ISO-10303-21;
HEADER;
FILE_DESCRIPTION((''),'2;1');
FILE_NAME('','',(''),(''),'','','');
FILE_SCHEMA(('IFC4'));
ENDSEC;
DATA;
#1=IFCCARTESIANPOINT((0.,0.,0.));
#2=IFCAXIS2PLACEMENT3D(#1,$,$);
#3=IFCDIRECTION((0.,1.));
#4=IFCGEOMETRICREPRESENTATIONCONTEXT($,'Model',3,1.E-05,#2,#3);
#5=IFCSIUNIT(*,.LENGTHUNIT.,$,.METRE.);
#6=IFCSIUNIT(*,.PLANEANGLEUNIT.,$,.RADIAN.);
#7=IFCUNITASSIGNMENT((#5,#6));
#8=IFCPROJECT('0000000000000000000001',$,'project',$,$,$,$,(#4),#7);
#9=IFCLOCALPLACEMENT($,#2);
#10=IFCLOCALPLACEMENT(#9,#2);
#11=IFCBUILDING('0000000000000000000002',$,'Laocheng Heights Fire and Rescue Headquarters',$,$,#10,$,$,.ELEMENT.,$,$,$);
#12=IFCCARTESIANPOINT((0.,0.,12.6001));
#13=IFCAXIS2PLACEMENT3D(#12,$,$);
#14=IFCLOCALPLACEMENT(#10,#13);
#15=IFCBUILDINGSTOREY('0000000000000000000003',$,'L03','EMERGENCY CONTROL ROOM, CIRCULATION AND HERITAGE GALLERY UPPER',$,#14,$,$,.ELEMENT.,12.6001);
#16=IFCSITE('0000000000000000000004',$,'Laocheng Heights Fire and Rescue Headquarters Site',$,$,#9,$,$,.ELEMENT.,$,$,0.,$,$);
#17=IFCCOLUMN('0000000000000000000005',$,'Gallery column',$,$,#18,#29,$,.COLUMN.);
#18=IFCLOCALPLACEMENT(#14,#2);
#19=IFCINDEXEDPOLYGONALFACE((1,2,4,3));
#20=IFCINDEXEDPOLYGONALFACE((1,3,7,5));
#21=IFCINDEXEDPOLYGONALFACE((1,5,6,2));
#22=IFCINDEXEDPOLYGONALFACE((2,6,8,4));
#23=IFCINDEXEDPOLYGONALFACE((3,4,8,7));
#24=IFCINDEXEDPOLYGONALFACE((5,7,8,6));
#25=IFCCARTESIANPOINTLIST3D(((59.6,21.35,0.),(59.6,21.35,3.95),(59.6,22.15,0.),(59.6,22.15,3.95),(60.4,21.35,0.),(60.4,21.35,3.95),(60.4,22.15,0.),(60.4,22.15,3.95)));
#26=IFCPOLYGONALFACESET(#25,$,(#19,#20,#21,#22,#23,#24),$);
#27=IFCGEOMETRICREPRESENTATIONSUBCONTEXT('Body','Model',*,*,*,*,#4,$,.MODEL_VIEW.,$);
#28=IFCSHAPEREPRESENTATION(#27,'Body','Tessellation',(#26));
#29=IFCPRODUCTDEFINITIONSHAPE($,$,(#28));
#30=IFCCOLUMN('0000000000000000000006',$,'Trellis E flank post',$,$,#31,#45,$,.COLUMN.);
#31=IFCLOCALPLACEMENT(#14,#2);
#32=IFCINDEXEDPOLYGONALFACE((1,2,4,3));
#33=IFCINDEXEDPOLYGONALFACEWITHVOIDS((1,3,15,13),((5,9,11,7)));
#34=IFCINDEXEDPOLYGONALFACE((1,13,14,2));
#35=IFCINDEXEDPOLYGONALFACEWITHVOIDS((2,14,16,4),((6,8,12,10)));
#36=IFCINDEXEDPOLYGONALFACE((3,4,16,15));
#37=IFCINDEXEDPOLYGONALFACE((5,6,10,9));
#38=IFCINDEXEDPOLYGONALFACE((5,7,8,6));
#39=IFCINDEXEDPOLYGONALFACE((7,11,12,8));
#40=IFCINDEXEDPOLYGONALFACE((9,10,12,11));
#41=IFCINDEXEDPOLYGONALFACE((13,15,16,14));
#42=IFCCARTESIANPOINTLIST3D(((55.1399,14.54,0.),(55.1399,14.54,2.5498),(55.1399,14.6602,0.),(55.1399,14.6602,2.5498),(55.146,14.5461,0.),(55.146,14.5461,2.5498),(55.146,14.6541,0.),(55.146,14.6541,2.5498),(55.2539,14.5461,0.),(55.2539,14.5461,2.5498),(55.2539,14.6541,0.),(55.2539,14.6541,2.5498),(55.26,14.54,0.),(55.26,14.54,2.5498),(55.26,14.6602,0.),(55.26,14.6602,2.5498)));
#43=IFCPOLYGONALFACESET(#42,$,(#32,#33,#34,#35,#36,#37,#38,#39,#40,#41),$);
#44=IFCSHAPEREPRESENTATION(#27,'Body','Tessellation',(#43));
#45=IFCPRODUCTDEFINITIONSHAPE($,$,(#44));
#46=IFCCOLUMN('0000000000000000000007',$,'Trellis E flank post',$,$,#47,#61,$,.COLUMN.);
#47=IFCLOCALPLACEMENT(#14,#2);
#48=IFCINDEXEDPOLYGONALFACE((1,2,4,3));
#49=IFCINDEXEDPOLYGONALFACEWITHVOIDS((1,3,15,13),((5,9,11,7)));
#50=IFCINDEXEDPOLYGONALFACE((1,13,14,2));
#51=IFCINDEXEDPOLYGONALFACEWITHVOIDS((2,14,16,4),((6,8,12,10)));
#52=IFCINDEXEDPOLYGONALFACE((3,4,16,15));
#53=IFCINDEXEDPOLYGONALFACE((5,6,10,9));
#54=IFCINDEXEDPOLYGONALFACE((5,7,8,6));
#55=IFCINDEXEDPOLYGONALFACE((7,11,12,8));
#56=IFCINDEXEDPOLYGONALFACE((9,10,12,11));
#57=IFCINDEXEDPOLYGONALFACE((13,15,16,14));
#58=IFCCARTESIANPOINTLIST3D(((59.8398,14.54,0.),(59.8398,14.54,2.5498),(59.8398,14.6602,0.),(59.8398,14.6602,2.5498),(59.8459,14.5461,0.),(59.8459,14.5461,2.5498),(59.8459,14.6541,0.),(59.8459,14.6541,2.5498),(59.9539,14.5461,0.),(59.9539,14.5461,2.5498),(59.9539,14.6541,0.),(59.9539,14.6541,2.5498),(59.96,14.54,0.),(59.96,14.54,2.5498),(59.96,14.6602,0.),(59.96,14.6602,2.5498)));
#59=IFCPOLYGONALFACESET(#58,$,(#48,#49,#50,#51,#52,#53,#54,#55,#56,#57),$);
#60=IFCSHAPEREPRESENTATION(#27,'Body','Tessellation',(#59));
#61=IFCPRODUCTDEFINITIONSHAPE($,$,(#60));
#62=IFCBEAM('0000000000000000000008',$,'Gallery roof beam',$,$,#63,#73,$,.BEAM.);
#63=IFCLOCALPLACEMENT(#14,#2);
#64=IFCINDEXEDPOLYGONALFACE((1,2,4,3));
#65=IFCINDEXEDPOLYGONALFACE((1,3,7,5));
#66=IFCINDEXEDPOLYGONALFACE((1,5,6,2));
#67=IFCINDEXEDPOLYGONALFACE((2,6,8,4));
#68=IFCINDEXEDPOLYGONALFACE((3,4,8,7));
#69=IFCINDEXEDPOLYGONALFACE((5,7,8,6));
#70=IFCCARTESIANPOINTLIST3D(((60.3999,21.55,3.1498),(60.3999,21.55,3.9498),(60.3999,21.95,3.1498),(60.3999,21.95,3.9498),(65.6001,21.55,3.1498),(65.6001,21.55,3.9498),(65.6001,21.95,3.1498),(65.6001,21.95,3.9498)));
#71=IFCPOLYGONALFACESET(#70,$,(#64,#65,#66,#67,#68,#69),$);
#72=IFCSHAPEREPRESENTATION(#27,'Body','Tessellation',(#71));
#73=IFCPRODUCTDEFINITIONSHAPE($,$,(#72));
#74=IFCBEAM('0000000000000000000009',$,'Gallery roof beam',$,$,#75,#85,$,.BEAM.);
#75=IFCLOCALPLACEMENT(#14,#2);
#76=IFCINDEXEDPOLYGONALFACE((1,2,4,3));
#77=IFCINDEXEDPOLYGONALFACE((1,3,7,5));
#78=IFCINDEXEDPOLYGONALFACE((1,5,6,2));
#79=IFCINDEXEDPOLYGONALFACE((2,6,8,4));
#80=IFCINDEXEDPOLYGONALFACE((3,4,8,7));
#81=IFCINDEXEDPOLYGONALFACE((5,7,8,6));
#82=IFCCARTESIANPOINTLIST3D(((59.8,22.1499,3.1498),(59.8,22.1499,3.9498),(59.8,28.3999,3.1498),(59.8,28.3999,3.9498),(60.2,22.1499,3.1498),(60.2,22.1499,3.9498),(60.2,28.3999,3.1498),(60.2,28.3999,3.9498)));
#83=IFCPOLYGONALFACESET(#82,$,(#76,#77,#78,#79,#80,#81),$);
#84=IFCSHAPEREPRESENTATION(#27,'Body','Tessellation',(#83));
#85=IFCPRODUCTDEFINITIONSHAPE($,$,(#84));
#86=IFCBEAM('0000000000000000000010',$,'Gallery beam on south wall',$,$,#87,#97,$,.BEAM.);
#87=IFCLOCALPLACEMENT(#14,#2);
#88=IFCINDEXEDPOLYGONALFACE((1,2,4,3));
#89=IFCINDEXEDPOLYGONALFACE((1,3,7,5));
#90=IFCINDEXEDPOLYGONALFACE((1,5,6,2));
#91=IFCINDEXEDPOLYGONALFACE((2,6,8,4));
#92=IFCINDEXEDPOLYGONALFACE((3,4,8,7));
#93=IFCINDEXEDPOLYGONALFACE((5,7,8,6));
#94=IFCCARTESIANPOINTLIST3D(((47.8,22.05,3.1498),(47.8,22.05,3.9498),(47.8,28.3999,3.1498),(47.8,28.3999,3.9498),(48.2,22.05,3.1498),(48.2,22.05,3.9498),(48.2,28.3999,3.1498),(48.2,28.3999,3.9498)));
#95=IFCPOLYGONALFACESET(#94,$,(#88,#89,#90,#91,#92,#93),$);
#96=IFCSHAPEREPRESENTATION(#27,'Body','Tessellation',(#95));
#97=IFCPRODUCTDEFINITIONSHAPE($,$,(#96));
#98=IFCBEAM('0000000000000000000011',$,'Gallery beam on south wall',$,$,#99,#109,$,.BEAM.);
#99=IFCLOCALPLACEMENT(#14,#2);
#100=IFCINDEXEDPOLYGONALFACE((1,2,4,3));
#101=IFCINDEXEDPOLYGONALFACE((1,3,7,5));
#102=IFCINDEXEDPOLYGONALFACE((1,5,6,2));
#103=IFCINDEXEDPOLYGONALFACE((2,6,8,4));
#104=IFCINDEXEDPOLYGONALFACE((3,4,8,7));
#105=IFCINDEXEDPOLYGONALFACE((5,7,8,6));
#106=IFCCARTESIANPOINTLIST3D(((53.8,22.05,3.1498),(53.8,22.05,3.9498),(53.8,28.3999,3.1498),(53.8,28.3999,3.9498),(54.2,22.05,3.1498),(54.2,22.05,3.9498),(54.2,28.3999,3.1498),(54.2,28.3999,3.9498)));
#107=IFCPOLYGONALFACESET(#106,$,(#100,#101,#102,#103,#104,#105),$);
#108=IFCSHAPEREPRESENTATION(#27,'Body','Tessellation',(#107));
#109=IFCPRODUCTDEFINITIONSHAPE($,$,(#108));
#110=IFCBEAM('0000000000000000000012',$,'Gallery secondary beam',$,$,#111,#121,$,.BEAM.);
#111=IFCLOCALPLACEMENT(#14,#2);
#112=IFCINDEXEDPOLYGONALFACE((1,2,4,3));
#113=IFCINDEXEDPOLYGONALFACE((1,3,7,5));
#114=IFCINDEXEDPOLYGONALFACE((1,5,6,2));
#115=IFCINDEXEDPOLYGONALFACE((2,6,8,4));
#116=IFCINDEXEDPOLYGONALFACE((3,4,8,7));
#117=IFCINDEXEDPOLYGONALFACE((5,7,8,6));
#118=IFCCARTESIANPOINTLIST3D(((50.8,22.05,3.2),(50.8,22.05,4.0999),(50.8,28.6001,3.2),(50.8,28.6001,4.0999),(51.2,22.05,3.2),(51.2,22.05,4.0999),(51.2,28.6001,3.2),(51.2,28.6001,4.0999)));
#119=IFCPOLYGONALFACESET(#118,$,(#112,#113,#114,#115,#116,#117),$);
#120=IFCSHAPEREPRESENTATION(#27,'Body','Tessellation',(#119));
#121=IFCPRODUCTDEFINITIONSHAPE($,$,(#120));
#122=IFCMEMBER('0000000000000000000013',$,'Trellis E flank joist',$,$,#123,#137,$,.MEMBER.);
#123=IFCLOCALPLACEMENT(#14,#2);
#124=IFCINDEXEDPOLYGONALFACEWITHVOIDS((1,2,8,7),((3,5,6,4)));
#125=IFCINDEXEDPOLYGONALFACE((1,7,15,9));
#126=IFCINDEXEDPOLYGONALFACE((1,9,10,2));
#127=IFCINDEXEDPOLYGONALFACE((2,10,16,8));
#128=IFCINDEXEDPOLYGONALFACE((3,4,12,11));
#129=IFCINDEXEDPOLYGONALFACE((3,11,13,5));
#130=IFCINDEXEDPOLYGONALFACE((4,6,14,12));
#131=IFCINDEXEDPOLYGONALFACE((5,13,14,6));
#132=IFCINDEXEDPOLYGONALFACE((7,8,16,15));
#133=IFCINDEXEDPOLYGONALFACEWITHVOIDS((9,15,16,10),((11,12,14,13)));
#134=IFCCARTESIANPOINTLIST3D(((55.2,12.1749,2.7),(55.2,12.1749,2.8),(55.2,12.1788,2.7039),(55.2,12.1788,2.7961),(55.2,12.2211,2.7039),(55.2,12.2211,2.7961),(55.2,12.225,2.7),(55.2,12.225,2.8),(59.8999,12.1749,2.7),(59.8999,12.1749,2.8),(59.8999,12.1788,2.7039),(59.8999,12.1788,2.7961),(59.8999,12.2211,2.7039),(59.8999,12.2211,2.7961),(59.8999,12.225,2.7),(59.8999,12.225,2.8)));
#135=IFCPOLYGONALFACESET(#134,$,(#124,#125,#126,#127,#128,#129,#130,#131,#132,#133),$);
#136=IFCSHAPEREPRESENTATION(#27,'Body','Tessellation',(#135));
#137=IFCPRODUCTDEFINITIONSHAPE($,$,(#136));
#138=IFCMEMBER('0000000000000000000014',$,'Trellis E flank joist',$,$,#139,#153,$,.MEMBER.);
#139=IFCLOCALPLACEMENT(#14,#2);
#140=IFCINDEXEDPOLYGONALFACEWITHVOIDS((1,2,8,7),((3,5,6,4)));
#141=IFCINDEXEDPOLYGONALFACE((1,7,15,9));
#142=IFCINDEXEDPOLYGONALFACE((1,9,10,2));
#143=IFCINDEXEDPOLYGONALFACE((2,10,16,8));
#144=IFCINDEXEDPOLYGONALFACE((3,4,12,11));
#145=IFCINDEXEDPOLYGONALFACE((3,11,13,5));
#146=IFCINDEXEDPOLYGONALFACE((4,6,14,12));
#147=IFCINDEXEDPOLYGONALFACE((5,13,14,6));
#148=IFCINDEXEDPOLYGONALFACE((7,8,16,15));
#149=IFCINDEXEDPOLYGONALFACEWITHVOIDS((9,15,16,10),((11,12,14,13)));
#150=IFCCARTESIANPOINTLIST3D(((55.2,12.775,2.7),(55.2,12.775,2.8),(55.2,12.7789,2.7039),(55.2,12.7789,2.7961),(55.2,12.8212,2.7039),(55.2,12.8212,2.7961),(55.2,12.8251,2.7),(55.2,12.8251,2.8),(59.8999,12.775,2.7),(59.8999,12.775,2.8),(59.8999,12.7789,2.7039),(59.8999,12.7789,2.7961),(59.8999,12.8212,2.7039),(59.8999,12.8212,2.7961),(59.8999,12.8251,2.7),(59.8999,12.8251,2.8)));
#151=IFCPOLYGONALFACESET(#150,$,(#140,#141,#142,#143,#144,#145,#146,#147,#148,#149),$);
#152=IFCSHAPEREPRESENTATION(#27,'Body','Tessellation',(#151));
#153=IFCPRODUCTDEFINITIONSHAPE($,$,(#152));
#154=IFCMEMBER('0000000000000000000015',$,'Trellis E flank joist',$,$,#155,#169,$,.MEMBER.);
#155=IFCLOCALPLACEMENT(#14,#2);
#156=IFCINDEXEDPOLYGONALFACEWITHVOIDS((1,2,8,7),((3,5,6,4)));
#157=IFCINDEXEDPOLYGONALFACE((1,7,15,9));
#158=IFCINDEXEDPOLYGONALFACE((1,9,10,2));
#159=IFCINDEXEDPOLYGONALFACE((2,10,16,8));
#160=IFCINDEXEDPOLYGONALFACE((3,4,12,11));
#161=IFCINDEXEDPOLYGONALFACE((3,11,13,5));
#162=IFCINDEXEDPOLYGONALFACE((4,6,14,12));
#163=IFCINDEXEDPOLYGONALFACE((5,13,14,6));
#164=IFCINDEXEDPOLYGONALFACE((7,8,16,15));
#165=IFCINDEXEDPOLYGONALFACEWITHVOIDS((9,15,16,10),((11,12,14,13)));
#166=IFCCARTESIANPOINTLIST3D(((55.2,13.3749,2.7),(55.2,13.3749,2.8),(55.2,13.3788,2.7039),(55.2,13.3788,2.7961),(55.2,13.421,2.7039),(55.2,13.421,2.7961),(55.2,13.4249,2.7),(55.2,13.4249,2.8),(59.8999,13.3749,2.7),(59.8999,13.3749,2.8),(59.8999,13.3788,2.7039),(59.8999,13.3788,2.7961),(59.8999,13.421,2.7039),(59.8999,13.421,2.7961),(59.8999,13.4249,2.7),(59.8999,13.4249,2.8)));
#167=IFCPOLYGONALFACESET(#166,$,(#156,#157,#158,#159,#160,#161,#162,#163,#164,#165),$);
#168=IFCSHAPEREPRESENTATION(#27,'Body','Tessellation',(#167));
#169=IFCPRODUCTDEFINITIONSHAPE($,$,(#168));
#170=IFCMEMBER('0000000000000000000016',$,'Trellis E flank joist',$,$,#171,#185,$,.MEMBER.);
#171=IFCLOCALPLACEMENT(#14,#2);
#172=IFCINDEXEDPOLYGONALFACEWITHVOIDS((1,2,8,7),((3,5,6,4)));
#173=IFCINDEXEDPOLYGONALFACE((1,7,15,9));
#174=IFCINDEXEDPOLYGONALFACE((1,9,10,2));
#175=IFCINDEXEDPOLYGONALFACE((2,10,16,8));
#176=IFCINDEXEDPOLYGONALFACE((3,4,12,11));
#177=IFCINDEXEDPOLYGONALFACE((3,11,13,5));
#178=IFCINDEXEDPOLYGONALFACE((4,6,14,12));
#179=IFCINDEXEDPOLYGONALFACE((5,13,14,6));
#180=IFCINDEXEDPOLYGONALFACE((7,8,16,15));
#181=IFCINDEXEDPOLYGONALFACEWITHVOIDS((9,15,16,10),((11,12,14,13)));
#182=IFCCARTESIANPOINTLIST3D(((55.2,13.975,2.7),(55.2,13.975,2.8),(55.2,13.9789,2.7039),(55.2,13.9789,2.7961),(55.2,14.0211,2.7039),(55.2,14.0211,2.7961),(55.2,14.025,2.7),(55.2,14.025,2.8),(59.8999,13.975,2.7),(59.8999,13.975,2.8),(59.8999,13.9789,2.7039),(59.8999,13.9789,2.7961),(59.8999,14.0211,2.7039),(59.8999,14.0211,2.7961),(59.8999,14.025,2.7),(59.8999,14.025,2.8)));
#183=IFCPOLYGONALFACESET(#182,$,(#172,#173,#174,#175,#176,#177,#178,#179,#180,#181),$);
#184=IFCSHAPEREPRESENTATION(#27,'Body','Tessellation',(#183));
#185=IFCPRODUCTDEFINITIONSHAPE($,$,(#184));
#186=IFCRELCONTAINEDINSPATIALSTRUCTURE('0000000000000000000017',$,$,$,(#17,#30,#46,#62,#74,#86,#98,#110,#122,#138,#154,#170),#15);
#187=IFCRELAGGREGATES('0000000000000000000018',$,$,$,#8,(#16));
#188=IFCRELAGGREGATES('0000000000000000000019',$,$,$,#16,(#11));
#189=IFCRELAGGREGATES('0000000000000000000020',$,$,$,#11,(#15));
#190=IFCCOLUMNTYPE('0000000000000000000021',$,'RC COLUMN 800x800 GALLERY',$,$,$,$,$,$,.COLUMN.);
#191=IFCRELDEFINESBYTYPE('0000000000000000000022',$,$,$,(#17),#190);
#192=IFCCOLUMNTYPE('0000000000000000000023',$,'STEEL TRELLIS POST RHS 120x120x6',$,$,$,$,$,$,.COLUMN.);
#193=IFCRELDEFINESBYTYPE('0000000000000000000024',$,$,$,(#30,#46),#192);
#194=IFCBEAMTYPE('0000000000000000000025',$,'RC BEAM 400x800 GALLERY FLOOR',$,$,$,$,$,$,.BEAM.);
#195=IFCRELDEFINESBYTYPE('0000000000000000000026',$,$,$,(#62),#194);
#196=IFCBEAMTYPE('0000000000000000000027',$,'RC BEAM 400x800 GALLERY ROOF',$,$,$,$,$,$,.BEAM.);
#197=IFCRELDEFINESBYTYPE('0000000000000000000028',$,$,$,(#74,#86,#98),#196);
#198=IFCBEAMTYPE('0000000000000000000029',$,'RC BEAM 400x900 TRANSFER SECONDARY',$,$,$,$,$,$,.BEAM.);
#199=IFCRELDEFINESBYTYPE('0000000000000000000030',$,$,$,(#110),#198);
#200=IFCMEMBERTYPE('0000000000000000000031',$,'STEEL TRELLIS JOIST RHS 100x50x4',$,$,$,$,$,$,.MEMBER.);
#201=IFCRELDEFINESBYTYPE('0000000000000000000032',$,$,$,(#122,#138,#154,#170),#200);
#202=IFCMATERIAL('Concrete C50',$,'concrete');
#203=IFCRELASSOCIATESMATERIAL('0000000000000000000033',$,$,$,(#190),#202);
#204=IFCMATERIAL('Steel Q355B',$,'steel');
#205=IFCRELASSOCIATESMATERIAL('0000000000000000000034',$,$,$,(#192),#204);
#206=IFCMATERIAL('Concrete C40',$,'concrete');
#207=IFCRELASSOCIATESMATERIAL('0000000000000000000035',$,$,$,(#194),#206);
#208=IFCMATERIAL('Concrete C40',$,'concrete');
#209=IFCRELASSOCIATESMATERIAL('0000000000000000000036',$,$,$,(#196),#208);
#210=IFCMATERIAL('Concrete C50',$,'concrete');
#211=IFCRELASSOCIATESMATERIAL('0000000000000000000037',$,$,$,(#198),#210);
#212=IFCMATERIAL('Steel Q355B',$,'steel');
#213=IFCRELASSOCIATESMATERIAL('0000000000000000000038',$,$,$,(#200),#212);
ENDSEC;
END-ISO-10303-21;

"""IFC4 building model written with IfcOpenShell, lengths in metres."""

from ifc_helpers import new_model, si_unit, direction, frame, origin, origin_2d, place, context, subcontext, project, spatial, rectangle, hollow_rectangle, extrude, material, material_profile, profile_set, type_object, element, save


model = new_model("IFC4")

# Units and contexts
model_context = context("Model", 3, precision=1e-05, world=origin(), true_north=direction((0.0, 1.0)))
body_context = subcontext(model_context, "Body", "Model", "MODEL_VIEW")
ifc_project = project(units=[si_unit("LENGTHUNIT", "METRE"), si_unit("PLANEANGLEUNIT", "RADIAN")], contexts=[model_context])

# Site, building, storey
site_placement = place(None, origin())
site = spatial("IfcSite", under=ifc_project, at=site_placement, Name="Laocheng Heights Fire and Rescue Headquarters Site", CompositionType="ELEMENT", RefElevation=0.0)
building_placement = place(site_placement, origin())
building = spatial("IfcBuilding", under=site, at=building_placement, Name="Laocheng Heights Fire and Rescue Headquarters", CompositionType="ELEMENT")
storey_placement = place(building_placement, frame((0.0, 0.0, 12.6001)))
storey = spatial("IfcBuildingStorey", under=building, at=storey_placement, Name="L03", Description="EMERGENCY CONTROL ROOM, CIRCULATION AND HERITAGE GALLERY UPPER", CompositionType="ELEMENT", Elevation=12.6001)

# Columns
ifc_material_1 = material(Name="Concrete C50", Category="concrete")
ifc_material_profile_1 = material_profile(ifc_material_1, rectangle(XDim=0.8, YDim=0.8, at=origin_2d()), Name="RC COLUMN 800x800 GALLERY")
ifc_profile_set_1 = profile_set([ifc_material_profile_1], Name="Concrete C50")
column_type_1 = type_object("IfcColumnType", Name="RC COLUMN 800x800 GALLERY", PredefinedType="COLUMN", material=ifc_profile_set_1)
column_placement = place(storey_placement, frame((60.0, 21.75, 0.0), z_axis=(0.0, 0.0, 1.0), x_axis=(1.0, 0.0, 0.0)))
element("IfcColumn", 1, at=column_placement, inside=storey, type_object=column_type_1, Name="Gallery column", PredefinedType="COLUMN", context=body_context, shape_type="SweptSolid", body=[
    extrude(rectangle(XDim=0.8, YDim=0.8, at=origin_2d()), origin(), (0.0, 0.0, 1.0), 3.95),
])
ifc_material_2 = material(Name="Steel Q355B", Category="steel")
ifc_material_profile_2 = material_profile(ifc_material_2, hollow_rectangle(XDim=0.1201, YDim=0.1201, WallThickness=0.0061, at=origin_2d()), Name="RHS 120x120x6")
ifc_profile_set_2 = profile_set([ifc_material_profile_2], Name="Steel Q355B")
column_type_2 = type_object("IfcColumnType", Name="STEEL TRELLIS POST RHS 120x120x6", PredefinedType="COLUMN", material=ifc_profile_set_2)
for number, where, z_axis, x_axis, name in (
    (2, (55.2, 14.6001, 0.0), (0.0, 0.0, 1.0), (1.0, 0.0, 0.0), "Trellis E flank post"),
    (3, (59.8999, 14.6001, 0.0), (0.0, 0.0, 1.0), (1.0, 0.0, 0.0), "Trellis E flank post"),
):
    element("IfcColumn", number, at=place(storey_placement, frame(where, z_axis=z_axis, x_axis=x_axis)), inside=storey, type_object=column_type_2, Name=name, PredefinedType="COLUMN", context=body_context, shape_type="SweptSolid", body=[
        extrude(hollow_rectangle(XDim=0.1201, YDim=0.1201, WallThickness=0.0061, at=origin_2d()), origin(), (0.0, 0.0, 1.0), 2.5498),
    ])

# Beams
ifc_material_3 = material(Name="Concrete C40", Category="concrete")
ifc_material_profile_3 = material_profile(ifc_material_3, rectangle(XDim=0.3999, YDim=0.8, at=origin_2d()), Name="RC BEAM 400x800 GALLERY FLOOR")
ifc_profile_set_3 = profile_set([ifc_material_profile_3], Name="Concrete C40")
beam_type_1 = type_object("IfcBeamType", Name="RC BEAM 400x800 GALLERY FLOOR", PredefinedType="BEAM", material=ifc_profile_set_3)
beam_1_placement = place(storey_placement, frame((60.3999, 21.75, 3.5498), z_axis=(1.0, 0.0, 0.0), x_axis=(0.0, 1.0, 0.0)))
element("IfcBeam", 4, at=beam_1_placement, inside=storey, type_object=beam_type_1, Name="Gallery roof beam", PredefinedType="BEAM", context=body_context, shape_type="SweptSolid", body=[
    extrude(rectangle(XDim=0.3999, YDim=0.8, at=origin_2d()), origin(), (0.0, 0.0, 1.0), 5.2002),
])
ifc_material_4 = material(Name="Concrete C40", Category="concrete")
ifc_material_profile_4 = material_profile(ifc_material_4, rectangle(XDim=0.3999, YDim=0.8, at=origin_2d()), Name="RC BEAM 400x800 GALLERY ROOF")
ifc_profile_set_4 = profile_set([ifc_material_profile_4], Name="Concrete C40")
beam_type_2 = type_object("IfcBeamType", Name="RC BEAM 400x800 GALLERY ROOF", PredefinedType="BEAM", material=ifc_profile_set_4)
beam_2_placement = place(storey_placement, frame((60.0, 22.1499, 3.5498), z_axis=(0.0, 1.0, 0.0), x_axis=(-1.0, 0.0, 0.0)))
element("IfcBeam", 5, at=beam_2_placement, inside=storey, type_object=beam_type_2, Name="Gallery roof beam", PredefinedType="BEAM", context=body_context, shape_type="SweptSolid", body=[
    extrude(rectangle(XDim=0.3999, YDim=0.8, at=origin_2d()), origin(), (0.0, 0.0, 1.0), 6.25),
])
for number, where, z_axis, x_axis, name in (
    (6, (48.0, 22.05, 3.5498), (0.0, 1.0, 0.0), (-1.0, 0.0, 0.0), "Gallery beam on south wall"),
    (7, (54.0, 22.05, 3.5498), (0.0, 1.0, 0.0), (-1.0, 0.0, 0.0), "Gallery beam on south wall"),
):
    element("IfcBeam", number, at=place(storey_placement, frame(where, z_axis=z_axis, x_axis=x_axis)), inside=storey, type_object=beam_type_2, Name=name, PredefinedType="BEAM", context=body_context, shape_type="SweptSolid", body=[
        extrude(rectangle(XDim=0.3999, YDim=0.8, at=origin_2d()), origin(), (0.0, 0.0, 1.0), 6.3499),
    ])
ifc_material_5 = material(Name="Concrete C50", Category="concrete")
ifc_material_profile_5 = material_profile(ifc_material_5, rectangle(XDim=0.3999, YDim=0.8999, at=origin_2d()), Name="RC BEAM 400x900 TRANSFER SECONDARY")
ifc_profile_set_5 = profile_set([ifc_material_profile_5], Name="Concrete C50")
beam_type_3 = type_object("IfcBeamType", Name="RC BEAM 400x900 TRANSFER SECONDARY", PredefinedType="BEAM", material=ifc_profile_set_5)
beam_3_placement = place(storey_placement, frame((51.0, 22.05, 3.6499), z_axis=(0.0, 1.0, 0.0), x_axis=(-1.0, 0.0, 0.0)))
element("IfcBeam", 8, at=beam_3_placement, inside=storey, type_object=beam_type_3, Name="Gallery secondary beam", PredefinedType="BEAM", context=body_context, shape_type="SweptSolid", body=[
    extrude(rectangle(XDim=0.3999, YDim=0.8999, at=origin_2d()), origin(), (0.0, 0.0, 1.0), 6.55),
])

# Members
ifc_material_6 = material(Name="Steel Q355B", Category="steel")
ifc_material_profile_6 = material_profile(ifc_material_6, hollow_rectangle(XDim=0.05, YDim=0.1001, WallThickness=0.0039, at=origin_2d()), Name="RHS 100x50x4")
ifc_profile_set_6 = profile_set([ifc_material_profile_6], Name="Steel Q355B")
member_type = type_object("IfcMemberType", Name="STEEL TRELLIS JOIST RHS 100x50x4", PredefinedType="MEMBER", material=ifc_profile_set_6)
for number, where, z_axis, x_axis, name in (
    (9, (55.2, 12.2, 2.75), (1.0, 0.0, 0.0), (0.0, 1.0, 0.0), "Trellis E flank joist"),
    (10, (55.2, 12.8, 2.75), (1.0, 0.0, 0.0), (0.0, 1.0, 0.0), "Trellis E flank joist"),
    (11, (55.2, 13.3999, 2.75), (1.0, 0.0, 0.0), (0.0, 1.0, 0.0), "Trellis E flank joist"),
    (12, (55.2, 14.0, 2.75), (1.0, 0.0, 0.0), (0.0, 1.0, 0.0), "Trellis E flank joist"),
):
    element("IfcMember", number, at=place(storey_placement, frame(where, z_axis=z_axis, x_axis=x_axis)), inside=storey, type_object=member_type, Name=name, PredefinedType="MEMBER", context=body_context, shape_type="SweptSolid", body=[
        extrude(hollow_rectangle(XDim=0.05, YDim=0.1001, WallThickness=0.0039, at=origin_2d()), origin(), (0.0, 0.0, 1.0), 4.7),
    ])

save(model, "model.ifc")
